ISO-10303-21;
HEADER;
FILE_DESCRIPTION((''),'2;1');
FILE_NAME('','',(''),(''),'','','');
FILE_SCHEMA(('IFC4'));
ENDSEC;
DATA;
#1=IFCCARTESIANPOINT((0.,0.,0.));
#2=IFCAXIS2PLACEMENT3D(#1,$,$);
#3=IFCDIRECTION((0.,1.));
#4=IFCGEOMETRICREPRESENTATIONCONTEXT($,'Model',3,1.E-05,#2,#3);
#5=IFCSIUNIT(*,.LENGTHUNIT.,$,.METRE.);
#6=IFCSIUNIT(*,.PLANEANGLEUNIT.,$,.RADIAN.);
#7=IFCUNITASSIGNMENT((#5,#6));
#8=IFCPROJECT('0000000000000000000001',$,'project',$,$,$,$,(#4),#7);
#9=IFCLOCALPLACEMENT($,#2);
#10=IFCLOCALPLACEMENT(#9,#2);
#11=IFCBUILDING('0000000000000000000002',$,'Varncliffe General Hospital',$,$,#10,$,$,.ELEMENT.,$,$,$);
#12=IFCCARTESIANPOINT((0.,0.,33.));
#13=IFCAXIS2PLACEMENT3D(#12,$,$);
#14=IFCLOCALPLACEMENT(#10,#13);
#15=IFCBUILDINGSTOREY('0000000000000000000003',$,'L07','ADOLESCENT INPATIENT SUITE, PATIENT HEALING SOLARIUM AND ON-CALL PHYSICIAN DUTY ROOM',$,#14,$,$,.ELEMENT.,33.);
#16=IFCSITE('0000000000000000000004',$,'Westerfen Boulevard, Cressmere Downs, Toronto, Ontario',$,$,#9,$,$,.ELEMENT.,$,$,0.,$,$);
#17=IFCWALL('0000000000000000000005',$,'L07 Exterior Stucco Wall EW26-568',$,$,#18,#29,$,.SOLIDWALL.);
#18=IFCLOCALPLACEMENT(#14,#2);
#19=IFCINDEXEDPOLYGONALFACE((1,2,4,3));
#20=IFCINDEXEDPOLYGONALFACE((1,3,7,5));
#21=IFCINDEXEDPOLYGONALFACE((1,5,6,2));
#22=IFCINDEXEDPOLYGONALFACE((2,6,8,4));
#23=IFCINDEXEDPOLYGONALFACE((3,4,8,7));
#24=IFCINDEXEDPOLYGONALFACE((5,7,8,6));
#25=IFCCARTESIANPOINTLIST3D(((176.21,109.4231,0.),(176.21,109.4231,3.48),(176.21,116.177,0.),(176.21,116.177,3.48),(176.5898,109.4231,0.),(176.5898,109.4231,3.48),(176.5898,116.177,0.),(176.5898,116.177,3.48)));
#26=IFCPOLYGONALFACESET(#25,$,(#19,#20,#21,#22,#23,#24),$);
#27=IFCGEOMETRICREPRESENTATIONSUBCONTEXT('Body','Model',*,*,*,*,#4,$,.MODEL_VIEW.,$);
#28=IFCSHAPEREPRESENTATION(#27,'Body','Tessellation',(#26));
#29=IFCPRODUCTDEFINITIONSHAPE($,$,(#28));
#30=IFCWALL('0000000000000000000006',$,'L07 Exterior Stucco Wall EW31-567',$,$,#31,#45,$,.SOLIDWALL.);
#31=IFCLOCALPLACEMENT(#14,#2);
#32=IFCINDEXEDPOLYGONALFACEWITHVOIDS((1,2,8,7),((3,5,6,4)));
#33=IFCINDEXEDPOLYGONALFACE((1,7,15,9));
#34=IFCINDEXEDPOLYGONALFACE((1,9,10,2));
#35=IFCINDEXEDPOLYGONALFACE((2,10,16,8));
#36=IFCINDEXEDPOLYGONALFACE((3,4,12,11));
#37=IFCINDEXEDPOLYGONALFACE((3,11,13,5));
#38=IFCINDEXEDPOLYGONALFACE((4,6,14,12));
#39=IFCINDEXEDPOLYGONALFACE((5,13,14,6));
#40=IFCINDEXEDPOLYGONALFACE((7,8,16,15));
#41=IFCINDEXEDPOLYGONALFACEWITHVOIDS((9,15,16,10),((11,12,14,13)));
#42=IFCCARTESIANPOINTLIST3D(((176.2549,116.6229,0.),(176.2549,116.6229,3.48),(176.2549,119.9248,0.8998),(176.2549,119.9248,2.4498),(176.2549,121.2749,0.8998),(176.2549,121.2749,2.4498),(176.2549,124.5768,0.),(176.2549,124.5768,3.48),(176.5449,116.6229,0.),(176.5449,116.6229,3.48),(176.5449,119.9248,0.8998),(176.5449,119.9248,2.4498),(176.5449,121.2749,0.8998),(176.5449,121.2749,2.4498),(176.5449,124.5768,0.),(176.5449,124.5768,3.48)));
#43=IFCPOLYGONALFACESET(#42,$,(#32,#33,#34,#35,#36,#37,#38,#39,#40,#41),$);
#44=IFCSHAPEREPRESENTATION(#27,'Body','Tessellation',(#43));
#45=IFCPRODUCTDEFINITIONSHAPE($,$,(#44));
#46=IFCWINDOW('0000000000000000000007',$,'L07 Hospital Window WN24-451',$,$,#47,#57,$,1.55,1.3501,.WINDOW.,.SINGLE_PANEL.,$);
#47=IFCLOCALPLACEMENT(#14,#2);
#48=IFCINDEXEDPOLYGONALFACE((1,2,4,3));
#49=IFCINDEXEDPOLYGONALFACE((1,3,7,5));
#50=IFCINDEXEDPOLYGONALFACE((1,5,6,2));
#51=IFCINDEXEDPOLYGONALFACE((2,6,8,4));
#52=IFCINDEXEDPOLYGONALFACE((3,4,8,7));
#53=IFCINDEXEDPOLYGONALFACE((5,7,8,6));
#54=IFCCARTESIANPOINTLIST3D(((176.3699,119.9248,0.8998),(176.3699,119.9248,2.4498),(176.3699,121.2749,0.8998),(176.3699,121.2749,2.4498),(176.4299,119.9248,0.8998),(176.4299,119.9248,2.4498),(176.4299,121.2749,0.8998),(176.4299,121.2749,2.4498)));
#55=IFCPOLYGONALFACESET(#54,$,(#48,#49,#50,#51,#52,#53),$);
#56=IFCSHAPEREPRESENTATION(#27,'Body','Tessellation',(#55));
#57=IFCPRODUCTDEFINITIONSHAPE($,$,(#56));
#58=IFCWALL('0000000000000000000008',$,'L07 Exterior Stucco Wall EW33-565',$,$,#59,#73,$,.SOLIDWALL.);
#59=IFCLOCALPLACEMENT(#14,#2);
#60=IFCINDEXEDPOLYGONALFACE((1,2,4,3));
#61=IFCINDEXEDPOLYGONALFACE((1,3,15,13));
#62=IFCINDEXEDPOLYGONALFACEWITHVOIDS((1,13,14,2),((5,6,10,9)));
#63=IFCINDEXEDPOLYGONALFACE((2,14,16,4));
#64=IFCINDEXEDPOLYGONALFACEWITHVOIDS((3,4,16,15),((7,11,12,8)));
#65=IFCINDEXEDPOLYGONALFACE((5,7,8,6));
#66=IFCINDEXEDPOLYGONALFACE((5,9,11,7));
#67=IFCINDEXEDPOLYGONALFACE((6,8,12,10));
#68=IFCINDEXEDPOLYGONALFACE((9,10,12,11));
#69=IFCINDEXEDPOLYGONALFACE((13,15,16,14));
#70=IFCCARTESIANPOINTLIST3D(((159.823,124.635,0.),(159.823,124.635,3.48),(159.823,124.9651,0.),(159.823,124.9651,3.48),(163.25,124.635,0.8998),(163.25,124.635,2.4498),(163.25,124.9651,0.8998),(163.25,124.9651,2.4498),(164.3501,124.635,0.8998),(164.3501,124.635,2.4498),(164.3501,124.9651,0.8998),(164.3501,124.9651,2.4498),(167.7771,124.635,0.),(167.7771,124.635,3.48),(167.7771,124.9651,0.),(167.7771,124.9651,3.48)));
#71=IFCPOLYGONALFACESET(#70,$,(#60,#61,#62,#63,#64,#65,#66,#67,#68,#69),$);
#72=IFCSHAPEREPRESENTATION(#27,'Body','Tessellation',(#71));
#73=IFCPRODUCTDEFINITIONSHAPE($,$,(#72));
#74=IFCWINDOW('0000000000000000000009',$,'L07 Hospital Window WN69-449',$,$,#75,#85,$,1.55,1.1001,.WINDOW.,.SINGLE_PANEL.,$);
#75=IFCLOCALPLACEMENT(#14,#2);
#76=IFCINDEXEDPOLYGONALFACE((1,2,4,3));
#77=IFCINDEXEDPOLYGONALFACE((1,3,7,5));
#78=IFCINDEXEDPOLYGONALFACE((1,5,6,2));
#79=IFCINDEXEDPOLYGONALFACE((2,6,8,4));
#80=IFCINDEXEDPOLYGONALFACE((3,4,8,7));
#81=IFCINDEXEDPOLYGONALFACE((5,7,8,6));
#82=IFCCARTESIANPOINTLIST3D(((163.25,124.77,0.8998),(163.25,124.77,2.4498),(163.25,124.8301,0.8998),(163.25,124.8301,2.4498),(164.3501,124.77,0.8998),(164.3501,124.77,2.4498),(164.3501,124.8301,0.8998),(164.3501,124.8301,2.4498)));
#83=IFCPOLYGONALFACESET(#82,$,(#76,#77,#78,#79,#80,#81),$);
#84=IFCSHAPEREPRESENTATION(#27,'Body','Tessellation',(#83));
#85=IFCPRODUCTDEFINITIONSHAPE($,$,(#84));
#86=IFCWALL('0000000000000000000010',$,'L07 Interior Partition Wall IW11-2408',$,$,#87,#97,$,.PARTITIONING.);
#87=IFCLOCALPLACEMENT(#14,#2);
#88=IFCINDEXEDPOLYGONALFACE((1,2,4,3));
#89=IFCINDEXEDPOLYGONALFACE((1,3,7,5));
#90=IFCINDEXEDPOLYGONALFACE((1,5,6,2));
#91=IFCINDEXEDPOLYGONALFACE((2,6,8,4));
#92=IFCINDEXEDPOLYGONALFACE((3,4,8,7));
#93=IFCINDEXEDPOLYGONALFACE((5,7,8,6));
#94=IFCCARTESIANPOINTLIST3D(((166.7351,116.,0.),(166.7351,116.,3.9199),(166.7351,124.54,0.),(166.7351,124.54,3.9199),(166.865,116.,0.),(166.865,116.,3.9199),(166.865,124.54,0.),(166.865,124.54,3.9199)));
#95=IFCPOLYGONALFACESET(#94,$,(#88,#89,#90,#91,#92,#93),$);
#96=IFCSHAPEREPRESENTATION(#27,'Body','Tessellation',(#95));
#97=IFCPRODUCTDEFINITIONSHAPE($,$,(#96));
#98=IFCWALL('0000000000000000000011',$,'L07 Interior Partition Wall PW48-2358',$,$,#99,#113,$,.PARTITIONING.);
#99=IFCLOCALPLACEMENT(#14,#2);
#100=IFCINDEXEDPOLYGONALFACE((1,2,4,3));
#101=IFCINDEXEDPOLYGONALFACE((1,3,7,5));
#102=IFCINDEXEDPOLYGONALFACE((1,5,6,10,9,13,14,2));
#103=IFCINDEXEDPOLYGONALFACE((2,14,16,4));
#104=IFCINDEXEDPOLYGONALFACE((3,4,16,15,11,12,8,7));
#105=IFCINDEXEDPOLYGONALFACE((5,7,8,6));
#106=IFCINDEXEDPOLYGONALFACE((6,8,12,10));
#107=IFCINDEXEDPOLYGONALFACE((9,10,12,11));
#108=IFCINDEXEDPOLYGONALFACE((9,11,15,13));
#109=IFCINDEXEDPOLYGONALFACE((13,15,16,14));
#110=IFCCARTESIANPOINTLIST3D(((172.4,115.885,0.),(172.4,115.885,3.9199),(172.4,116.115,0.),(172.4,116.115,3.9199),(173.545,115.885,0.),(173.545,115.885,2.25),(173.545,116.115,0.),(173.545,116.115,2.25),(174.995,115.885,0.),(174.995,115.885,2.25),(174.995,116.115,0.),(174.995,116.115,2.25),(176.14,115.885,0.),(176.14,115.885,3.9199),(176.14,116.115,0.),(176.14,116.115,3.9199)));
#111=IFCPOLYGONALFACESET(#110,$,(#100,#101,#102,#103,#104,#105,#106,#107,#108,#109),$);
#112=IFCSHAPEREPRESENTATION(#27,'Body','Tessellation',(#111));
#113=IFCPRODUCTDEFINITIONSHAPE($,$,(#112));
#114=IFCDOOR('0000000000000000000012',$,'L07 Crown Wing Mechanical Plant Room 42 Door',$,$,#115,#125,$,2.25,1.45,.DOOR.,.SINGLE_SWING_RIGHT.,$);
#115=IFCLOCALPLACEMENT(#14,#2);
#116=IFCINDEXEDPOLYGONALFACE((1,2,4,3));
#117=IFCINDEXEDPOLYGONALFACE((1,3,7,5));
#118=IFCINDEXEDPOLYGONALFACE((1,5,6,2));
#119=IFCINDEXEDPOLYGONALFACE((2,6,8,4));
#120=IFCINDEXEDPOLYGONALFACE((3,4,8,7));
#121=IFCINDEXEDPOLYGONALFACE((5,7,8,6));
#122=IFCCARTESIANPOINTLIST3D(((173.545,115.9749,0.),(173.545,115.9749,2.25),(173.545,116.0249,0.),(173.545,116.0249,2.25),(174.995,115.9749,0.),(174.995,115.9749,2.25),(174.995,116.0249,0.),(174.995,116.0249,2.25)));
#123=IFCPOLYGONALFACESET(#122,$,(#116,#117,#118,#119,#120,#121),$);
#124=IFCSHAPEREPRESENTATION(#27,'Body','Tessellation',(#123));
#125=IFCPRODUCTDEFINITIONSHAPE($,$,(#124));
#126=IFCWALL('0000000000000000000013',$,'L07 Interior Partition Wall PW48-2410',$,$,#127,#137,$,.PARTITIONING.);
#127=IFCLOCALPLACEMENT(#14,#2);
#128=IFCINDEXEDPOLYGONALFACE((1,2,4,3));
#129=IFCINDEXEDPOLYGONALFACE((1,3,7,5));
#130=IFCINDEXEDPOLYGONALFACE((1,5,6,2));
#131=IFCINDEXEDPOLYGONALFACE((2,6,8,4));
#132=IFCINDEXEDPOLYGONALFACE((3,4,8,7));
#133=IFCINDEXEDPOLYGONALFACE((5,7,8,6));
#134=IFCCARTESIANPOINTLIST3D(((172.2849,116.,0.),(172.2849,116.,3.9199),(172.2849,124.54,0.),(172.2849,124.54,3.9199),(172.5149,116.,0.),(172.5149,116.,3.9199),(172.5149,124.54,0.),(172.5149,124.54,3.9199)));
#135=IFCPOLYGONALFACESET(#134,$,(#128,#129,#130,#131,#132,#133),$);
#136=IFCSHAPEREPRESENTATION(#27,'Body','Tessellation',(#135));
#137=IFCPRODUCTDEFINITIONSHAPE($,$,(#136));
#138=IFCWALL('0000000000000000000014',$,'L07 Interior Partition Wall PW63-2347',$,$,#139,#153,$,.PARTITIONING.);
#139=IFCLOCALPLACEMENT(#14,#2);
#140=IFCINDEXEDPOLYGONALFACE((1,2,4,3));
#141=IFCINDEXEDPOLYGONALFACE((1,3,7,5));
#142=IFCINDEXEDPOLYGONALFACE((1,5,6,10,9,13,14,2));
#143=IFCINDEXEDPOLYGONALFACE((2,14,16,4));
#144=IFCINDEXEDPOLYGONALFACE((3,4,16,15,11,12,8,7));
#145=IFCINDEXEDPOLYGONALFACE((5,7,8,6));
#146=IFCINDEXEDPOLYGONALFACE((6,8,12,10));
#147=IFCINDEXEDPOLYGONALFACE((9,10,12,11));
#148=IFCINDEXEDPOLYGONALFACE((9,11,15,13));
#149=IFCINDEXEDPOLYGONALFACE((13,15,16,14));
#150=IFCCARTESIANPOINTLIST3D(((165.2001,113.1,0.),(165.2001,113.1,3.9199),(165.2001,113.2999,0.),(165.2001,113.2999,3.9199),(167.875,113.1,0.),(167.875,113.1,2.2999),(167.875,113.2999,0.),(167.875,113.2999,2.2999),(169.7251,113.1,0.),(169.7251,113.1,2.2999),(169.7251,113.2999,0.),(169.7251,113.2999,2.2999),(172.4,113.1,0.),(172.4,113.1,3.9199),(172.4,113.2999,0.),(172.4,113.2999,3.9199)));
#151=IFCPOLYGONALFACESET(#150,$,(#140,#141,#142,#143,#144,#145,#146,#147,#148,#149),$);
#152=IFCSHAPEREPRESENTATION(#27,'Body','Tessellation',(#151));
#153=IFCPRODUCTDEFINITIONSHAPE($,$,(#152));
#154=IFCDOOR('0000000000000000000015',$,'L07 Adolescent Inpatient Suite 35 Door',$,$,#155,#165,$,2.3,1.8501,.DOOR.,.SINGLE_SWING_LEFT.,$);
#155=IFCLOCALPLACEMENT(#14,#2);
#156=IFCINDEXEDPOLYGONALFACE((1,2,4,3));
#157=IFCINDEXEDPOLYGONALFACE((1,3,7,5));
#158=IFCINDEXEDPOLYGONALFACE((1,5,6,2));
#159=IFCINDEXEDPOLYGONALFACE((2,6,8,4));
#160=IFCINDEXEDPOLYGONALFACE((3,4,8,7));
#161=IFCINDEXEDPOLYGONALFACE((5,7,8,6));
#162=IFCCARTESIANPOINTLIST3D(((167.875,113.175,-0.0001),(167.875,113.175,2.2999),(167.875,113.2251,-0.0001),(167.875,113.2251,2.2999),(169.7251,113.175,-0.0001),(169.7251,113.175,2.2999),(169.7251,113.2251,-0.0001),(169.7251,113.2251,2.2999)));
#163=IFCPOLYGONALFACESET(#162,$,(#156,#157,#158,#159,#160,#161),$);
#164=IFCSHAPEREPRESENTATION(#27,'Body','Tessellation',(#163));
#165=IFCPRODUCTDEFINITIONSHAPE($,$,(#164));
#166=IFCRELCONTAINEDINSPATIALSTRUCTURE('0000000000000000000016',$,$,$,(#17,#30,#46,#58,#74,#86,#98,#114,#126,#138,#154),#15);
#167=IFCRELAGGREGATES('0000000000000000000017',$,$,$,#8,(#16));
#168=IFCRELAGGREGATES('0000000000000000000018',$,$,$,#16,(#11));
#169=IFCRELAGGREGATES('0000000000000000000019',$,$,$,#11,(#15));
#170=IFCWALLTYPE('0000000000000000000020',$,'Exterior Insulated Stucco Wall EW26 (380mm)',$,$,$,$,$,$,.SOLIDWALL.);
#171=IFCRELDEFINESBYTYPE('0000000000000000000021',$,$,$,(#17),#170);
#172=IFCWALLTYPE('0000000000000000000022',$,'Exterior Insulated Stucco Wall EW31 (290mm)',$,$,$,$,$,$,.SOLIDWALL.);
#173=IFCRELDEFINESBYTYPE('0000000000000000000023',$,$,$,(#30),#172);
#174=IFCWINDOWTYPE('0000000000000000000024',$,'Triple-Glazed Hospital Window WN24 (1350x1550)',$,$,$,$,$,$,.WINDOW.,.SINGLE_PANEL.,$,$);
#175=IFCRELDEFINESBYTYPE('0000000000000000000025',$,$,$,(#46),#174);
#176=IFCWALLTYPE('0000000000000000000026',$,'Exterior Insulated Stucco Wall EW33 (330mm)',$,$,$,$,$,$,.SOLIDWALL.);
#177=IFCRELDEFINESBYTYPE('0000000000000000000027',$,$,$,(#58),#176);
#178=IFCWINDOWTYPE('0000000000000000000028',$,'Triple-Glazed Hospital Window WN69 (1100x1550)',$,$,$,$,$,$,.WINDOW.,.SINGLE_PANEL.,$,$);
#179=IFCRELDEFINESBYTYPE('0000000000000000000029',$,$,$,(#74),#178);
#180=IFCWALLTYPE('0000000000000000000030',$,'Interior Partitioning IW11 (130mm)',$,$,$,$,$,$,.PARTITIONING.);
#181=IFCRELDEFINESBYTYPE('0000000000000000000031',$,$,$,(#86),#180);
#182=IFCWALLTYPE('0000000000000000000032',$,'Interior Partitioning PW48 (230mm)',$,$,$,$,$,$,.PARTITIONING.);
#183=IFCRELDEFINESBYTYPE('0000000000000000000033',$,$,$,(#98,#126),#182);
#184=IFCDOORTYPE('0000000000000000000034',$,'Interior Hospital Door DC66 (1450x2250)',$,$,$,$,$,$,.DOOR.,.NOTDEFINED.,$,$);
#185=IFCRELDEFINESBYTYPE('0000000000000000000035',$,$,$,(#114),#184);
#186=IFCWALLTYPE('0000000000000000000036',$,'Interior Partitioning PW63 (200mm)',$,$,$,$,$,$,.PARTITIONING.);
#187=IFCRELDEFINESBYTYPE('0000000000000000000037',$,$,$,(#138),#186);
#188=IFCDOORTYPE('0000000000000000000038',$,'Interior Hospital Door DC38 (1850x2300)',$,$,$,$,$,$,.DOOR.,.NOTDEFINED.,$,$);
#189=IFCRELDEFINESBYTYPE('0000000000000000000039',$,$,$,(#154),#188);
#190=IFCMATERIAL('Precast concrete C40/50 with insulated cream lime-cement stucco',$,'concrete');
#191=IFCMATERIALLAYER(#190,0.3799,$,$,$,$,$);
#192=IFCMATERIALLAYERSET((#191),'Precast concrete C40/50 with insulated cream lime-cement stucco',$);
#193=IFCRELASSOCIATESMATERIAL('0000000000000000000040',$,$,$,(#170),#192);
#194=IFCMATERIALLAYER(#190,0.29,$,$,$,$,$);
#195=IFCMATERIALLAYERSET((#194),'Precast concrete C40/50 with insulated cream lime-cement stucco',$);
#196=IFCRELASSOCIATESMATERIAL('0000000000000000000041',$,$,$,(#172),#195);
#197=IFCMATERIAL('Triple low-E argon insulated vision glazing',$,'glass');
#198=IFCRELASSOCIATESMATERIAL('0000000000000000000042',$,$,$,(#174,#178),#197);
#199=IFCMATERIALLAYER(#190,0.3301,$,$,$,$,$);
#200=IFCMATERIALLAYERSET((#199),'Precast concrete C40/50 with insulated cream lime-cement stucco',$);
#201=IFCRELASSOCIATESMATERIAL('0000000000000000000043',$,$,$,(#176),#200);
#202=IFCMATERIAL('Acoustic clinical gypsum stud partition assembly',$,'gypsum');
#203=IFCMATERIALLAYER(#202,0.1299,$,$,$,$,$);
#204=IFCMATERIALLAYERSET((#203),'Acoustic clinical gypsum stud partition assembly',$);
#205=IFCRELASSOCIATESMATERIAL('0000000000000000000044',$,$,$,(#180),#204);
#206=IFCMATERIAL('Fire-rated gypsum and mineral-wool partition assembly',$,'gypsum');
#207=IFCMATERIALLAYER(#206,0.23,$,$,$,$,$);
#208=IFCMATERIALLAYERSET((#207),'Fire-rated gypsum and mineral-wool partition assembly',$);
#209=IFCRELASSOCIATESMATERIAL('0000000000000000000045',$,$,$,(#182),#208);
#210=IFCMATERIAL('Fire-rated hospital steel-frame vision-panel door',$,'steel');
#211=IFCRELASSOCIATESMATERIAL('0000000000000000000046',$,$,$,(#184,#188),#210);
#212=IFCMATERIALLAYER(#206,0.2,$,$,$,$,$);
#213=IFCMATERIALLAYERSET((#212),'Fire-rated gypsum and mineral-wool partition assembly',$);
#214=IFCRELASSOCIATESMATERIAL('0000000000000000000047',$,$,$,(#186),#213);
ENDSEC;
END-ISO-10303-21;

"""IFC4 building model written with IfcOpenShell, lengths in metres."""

from ifc_helpers import new_model, si_unit, direction, frame, frame_2d, origin, place, context, subcontext, project, spatial, rectangle, extrude, material, layer, layer_set, type_object, element, fill, save


model = new_model("IFC4")

# Units and contexts
model_context = context("Model", 3, precision=1e-05, world=origin(), true_north=direction((0.0, 1.0)))
body_context = subcontext(model_context, "Body", "Model", "MODEL_VIEW")
ifc_project = project(units=[si_unit("LENGTHUNIT", "METRE"), si_unit("PLANEANGLEUNIT", "RADIAN")], contexts=[model_context])

# Site, building, storey
site_placement = place(None, origin())
site = spatial("IfcSite", under=ifc_project, at=site_placement, Name="Westerfen Boulevard, Cressmere Downs, Toronto, Ontario", CompositionType="ELEMENT", RefElevation=0.0)
building_placement = place(site_placement, origin())
building = spatial("IfcBuilding", under=site, at=building_placement, Name="Varncliffe General Hospital", CompositionType="ELEMENT")
storey_placement = place(building_placement, frame((0.0, 0.0, 33.0)))
storey = spatial("IfcBuildingStorey", under=building, at=storey_placement, Name="L07", Description="ADOLESCENT INPATIENT SUITE, PATIENT HEALING SOLARIUM AND ON-CALL PHYSICIAN DUTY ROOM", CompositionType="ELEMENT", Elevation=33.0)

# Shared definitions
ifc_material_1 = material(Name="Precast concrete C40/50 with insulated cream lime-cement stucco", Category="concrete")
ifc_material_2 = material(Name="Triple low-E argon insulated vision glazing", Category="glass")

# Wall
ifc_layer_1 = layer(ifc_material_1, 0.3799)
ifc_layer_set_1 = layer_set([ifc_layer_1], Name="Precast concrete C40/50 with insulated cream lime-cement stucco")
wall_type_1 = type_object("IfcWallType", Name="Exterior Insulated Stucco Wall EW26 (380mm)", PredefinedType="SOLIDWALL", material=ifc_layer_set_1)
wall_1_placement = place(storey_placement, frame((176.3999, 116.177, 0.0), z_axis=(0.0, 0.0, 1.0), x_axis=(0.0, -1.0, 0.0)))
element("IfcWall", 1, at=wall_1_placement, inside=storey, type_object=wall_type_1, Name="L07 Exterior Stucco Wall EW26-568", PredefinedType="SOLIDWALL", context=body_context, shape_type="SweptSolid", body=[
    extrude(rectangle(XDim=6.7539, YDim=0.3799, at=frame_2d((3.377, 0.0))), origin(), (0.0, 0.0, 1.0), 3.48),
])

# Walls, openings, windows
ifc_layer_2 = layer(ifc_material_1, 0.29)
ifc_layer_set_2 = layer_set([ifc_layer_2], Name="Precast concrete C40/50 with insulated cream lime-cement stucco")
wall_type_2 = type_object("IfcWallType", Name="Exterior Insulated Stucco Wall EW31 (290mm)", PredefinedType="SOLIDWALL", material=ifc_layer_set_2)
wall_2_placement = place(storey_placement, frame((176.3999, 124.5769, 0.0), z_axis=(0.0, 0.0, 1.0), x_axis=(0.0, -1.0, 0.0)))
wall_2 = element("IfcWall", 2, at=wall_2_placement, inside=storey, type_object=wall_type_2, Name="L07 Exterior Stucco Wall EW31-567", PredefinedType="SOLIDWALL", context=body_context, shape_type="SweptSolid", body=[
    extrude(rectangle(XDim=7.9539, YDim=0.29, at=frame_2d((3.9771, 0.0))), origin(), (0.0, 0.0, 1.0), 3.48),
])
opening_1_placement = place(wall_2_placement, frame((3.302, 0.0, 0.8999)))
opening_1 = element("IfcOpeningElement", 3, at=opening_1_placement, cuts=wall_2, PredefinedType="OPENING", context=body_context, shape_type="SweptSolid", body=[
    extrude(rectangle(XDim=1.3501, YDim=1.55, at=frame_2d((0.675, 0.7749))), frame((0.0, 0.155, 0.0), z_axis=(0.0, -1.0, 0.0), x_axis=(1.0, 0.0, 0.0)), (0.0, 0.0, 1.0), 0.3101),
])
window_type_1 = type_object("IfcWindowType", Name="Triple-Glazed Hospital Window WN24 (1350x1550)", PartitioningType="SINGLE_PANEL", PredefinedType="WINDOW", material=ifc_material_2)
window_1_placement = place(opening_1_placement, origin())
window_1 = element("IfcWindow", 4, at=window_1_placement, inside=storey, type_object=window_type_1, Name="L07 Hospital Window WN24-451", OverallHeight=1.55, OverallWidth=1.3501, PartitioningType="SINGLE_PANEL", PredefinedType="WINDOW", context=body_context, shape_type="SweptSolid", body=[
    extrude(rectangle(XDim=1.3501, YDim=1.55, at=frame_2d((0.675, 0.7749))), frame((0.0, 0.03, 0.0), z_axis=(0.0, -1.0, 0.0), x_axis=(1.0, 0.0, 0.0)), (0.0, 0.0, 1.0), 0.0601),
])
fill(opening_1, window_1)
ifc_layer_3 = layer(ifc_material_1, 0.3301)
ifc_layer_set_3 = layer_set([ifc_layer_3], Name="Precast concrete C40/50 with insulated cream lime-cement stucco")
wall_type_3 = type_object("IfcWallType", Name="Exterior Insulated Stucco Wall EW33 (330mm)", PredefinedType="SOLIDWALL", material=ifc_layer_set_3)
wall_3_placement = place(storey_placement, frame((159.823, 124.8, 0.0), z_axis=(0.0, 0.0, 1.0), x_axis=(1.0, 0.0, 0.0)))
wall_3 = element("IfcWall", 5, at=wall_3_placement, inside=storey, type_object=wall_type_3, Name="L07 Exterior Stucco Wall EW33-565", PredefinedType="SOLIDWALL", context=body_context, shape_type="SweptSolid", body=[
    extrude(rectangle(XDim=7.9541, YDim=0.3301, at=frame_2d((3.9771, 0.0))), origin(), (0.0, 0.0, 1.0), 3.48),
])
opening_2_placement = place(wall_3_placement, frame((3.427, 0.0, 0.8999)))
opening_2 = element("IfcOpeningElement", 6, at=opening_2_placement, cuts=wall_3, PredefinedType="OPENING", context=body_context, shape_type="SweptSolid", body=[
    extrude(rectangle(XDim=1.1001, YDim=1.55, at=frame_2d((0.55, 0.7749))), frame((0.0, 0.175, 0.0), z_axis=(0.0, -1.0, 0.0), x_axis=(1.0, 0.0, 0.0)), (0.0, 0.0, 1.0), 0.3501),
])
window_type_2 = type_object("IfcWindowType", Name="Triple-Glazed Hospital Window WN69 (1100x1550)", PartitioningType="SINGLE_PANEL", PredefinedType="WINDOW", material=ifc_material_2)
window_2_placement = place(opening_2_placement, origin())
window_2 = element("IfcWindow", 7, at=window_2_placement, inside=storey, type_object=window_type_2, Name="L07 Hospital Window WN69-449", OverallHeight=1.55, OverallWidth=1.1001, PartitioningType="SINGLE_PANEL", PredefinedType="WINDOW", context=body_context, shape_type="SweptSolid", body=[
    extrude(rectangle(XDim=1.1001, YDim=1.55, at=frame_2d((0.55, 0.7749))), frame((0.0, 0.03, 0.0), z_axis=(0.0, -1.0, 0.0), x_axis=(1.0, 0.0, 0.0)), (0.0, 0.0, 1.0), 0.0601),
])
fill(opening_2, window_2)

# Wall
ifc_material_3 = material(Name="Acoustic clinical gypsum stud partition assembly", Category="gypsum")
ifc_layer_4 = layer(ifc_material_3, 0.1299)
ifc_layer_set_4 = layer_set([ifc_layer_4], Name="Acoustic clinical gypsum stud partition assembly")
wall_type_4 = type_object("IfcWallType", Name="Interior Partitioning IW11 (130mm)", PredefinedType="PARTITIONING", material=ifc_layer_set_4)
wall_4_placement = place(storey_placement, frame((166.8, 116.0, 0.0), z_axis=(0.0, 0.0, 1.0), x_axis=(0.0, 1.0, 0.0)))
element("IfcWall", 8, at=wall_4_placement, inside=storey, type_object=wall_type_4, Name="L07 Interior Partition Wall IW11-2408", PredefinedType="PARTITIONING", context=body_context, shape_type="SweptSolid", body=[
    extrude(rectangle(XDim=8.54, YDim=0.1299, at=frame_2d((4.27, 0.0))), origin(), (0.0, 0.0, 1.0), 3.9199),
])

# Wall, opening, door
ifc_material_4 = material(Name="Fire-rated gypsum and mineral-wool partition assembly", Category="gypsum")
ifc_layer_5 = layer(ifc_material_4, 0.23)
ifc_layer_set_5 = layer_set([ifc_layer_5], Name="Fire-rated gypsum and mineral-wool partition assembly")
wall_type_5 = type_object("IfcWallType", Name="Interior Partitioning PW48 (230mm)", PredefinedType="PARTITIONING", material=ifc_layer_set_5)
wall_5_placement = place(storey_placement, frame((172.3999, 116.0, 0.0), z_axis=(0.0, 0.0, 1.0), x_axis=(1.0, 0.0, 0.0)))
wall_5 = element("IfcWall", 9, at=wall_5_placement, inside=storey, type_object=wall_type_5, Name="L07 Interior Partition Wall PW48-2358", PredefinedType="PARTITIONING", context=body_context, shape_type="SweptSolid", body=[
    extrude(rectangle(XDim=3.74, YDim=0.23, at=frame_2d((1.8701, 0.0))), origin(), (0.0, 0.0, 1.0), 3.9199),
])
opening_3_placement = place(wall_5_placement, frame((1.145, 0.0, 0.0)))
opening_3 = element("IfcOpeningElement", 10, at=opening_3_placement, cuts=wall_5, PredefinedType="OPENING", context=body_context, shape_type="SweptSolid", body=[
    extrude(rectangle(XDim=1.45, YDim=2.25, at=frame_2d((0.7251, 1.125))), frame((0.0, 0.125, 0.0), z_axis=(0.0, -1.0, 0.0), x_axis=(1.0, 0.0, 0.0)), (0.0, 0.0, 1.0), 0.25),
])
ifc_material_5 = material(Name="Fire-rated hospital steel-frame vision-panel door", Category="steel")
door_type_1 = type_object("IfcDoorType", Name="Interior Hospital Door DC66 (1450x2250)", OperationType="NOTDEFINED", PredefinedType="DOOR", material=ifc_material_5)
door_1_placement = place(opening_3_placement, origin())
door_1 = element("IfcDoor", 11, at=door_1_placement, inside=storey, type_object=door_type_1, Name="L07 Crown Wing Mechanical Plant Room 42 Door", OperationType="SINGLE_SWING_RIGHT", OverallHeight=2.25, OverallWidth=1.45, PredefinedType="DOOR", context=body_context, shape_type="SweptSolid", body=[
    extrude(rectangle(XDim=1.45, YDim=2.25, at=frame_2d((0.7251, 1.125))), frame((0.0, 0.0249, 0.0), z_axis=(0.0, -1.0, 0.0), x_axis=(1.0, 0.0, 0.0)), (0.0, 0.0, 1.0), 0.05),
])
fill(opening_3, door_1)

# Wall
wall_6_placement = place(storey_placement, frame((172.3999, 116.0, 0.0), z_axis=(0.0, 0.0, 1.0), x_axis=(0.0, 1.0, 0.0)))
element("IfcWall", 12, at=wall_6_placement, inside=storey, type_object=wall_type_5, Name="L07 Interior Partition Wall PW48-2410", PredefinedType="PARTITIONING", context=body_context, shape_type="SweptSolid", body=[
    extrude(rectangle(XDim=8.54, YDim=0.23, at=frame_2d((4.27, 0.0))), origin(), (0.0, 0.0, 1.0), 3.9199),
])

# Wall, opening, door
ifc_layer_6 = layer(ifc_material_4, 0.2)
ifc_layer_set_6 = layer_set([ifc_layer_6], Name="Fire-rated gypsum and mineral-wool partition assembly")
wall_type_6 = type_object("IfcWallType", Name="Interior Partitioning PW63 (200mm)", PredefinedType="PARTITIONING", material=ifc_layer_set_6)
wall_7_placement = place(storey_placement, frame((165.2, 113.2, 0.0), z_axis=(0.0, 0.0, 1.0), x_axis=(1.0, 0.0, 0.0)))
wall_7 = element("IfcWall", 13, at=wall_7_placement, inside=storey, type_object=wall_type_6, Name="L07 Interior Partition Wall PW63-2347", PredefinedType="PARTITIONING", context=body_context, shape_type="SweptSolid", body=[
    extrude(rectangle(XDim=7.2, YDim=0.2, at=frame_2d((3.6001, 0.0))), origin(), (0.0, 0.0, 1.0), 3.9199),
])
opening_4_placement = place(wall_7_placement, frame((2.675, 0.0, 0.0)))
opening_4 = element("IfcOpeningElement", 14, at=opening_4_placement, cuts=wall_7, PredefinedType="OPENING", context=body_context, shape_type="SweptSolid", body=[
    extrude(rectangle(XDim=1.8501, YDim=2.3, at=frame_2d((0.925, 1.1499))), frame((0.0, 0.1099, 0.0), z_axis=(0.0, -1.0, 0.0), x_axis=(1.0, 0.0, 0.0)), (0.0, 0.0, 1.0), 0.22),
])
door_type_2 = type_object("IfcDoorType", Name="Interior Hospital Door DC38 (1850x2300)", OperationType="NOTDEFINED", PredefinedType="DOOR", material=ifc_material_5)
door_2_placement = place(opening_4_placement, frame((1.8501, 0.0, 0.0), z_axis=(0.0, 0.0, 1.0), x_axis=(-1.0, 0.0, 0.0)))
door_2 = element("IfcDoor", 15, at=door_2_placement, inside=storey, type_object=door_type_2, Name="L07 Adolescent Inpatient Suite 35 Door", OperationType="SINGLE_SWING_LEFT", OverallHeight=2.3, OverallWidth=1.8501, PredefinedType="DOOR", context=body_context, shape_type="SweptSolid", body=[
    extrude(rectangle(XDim=1.8501, YDim=2.3, at=frame_2d((0.925, 1.1499))), frame((0.0, 0.0249, 0.0), z_axis=(0.0, -1.0, 0.0), x_axis=(1.0, 0.0, 0.0)), (0.0, 0.0, 1.0), 0.05),
])
fill(opening_4, door_2)

save(model, "model.ifc")
